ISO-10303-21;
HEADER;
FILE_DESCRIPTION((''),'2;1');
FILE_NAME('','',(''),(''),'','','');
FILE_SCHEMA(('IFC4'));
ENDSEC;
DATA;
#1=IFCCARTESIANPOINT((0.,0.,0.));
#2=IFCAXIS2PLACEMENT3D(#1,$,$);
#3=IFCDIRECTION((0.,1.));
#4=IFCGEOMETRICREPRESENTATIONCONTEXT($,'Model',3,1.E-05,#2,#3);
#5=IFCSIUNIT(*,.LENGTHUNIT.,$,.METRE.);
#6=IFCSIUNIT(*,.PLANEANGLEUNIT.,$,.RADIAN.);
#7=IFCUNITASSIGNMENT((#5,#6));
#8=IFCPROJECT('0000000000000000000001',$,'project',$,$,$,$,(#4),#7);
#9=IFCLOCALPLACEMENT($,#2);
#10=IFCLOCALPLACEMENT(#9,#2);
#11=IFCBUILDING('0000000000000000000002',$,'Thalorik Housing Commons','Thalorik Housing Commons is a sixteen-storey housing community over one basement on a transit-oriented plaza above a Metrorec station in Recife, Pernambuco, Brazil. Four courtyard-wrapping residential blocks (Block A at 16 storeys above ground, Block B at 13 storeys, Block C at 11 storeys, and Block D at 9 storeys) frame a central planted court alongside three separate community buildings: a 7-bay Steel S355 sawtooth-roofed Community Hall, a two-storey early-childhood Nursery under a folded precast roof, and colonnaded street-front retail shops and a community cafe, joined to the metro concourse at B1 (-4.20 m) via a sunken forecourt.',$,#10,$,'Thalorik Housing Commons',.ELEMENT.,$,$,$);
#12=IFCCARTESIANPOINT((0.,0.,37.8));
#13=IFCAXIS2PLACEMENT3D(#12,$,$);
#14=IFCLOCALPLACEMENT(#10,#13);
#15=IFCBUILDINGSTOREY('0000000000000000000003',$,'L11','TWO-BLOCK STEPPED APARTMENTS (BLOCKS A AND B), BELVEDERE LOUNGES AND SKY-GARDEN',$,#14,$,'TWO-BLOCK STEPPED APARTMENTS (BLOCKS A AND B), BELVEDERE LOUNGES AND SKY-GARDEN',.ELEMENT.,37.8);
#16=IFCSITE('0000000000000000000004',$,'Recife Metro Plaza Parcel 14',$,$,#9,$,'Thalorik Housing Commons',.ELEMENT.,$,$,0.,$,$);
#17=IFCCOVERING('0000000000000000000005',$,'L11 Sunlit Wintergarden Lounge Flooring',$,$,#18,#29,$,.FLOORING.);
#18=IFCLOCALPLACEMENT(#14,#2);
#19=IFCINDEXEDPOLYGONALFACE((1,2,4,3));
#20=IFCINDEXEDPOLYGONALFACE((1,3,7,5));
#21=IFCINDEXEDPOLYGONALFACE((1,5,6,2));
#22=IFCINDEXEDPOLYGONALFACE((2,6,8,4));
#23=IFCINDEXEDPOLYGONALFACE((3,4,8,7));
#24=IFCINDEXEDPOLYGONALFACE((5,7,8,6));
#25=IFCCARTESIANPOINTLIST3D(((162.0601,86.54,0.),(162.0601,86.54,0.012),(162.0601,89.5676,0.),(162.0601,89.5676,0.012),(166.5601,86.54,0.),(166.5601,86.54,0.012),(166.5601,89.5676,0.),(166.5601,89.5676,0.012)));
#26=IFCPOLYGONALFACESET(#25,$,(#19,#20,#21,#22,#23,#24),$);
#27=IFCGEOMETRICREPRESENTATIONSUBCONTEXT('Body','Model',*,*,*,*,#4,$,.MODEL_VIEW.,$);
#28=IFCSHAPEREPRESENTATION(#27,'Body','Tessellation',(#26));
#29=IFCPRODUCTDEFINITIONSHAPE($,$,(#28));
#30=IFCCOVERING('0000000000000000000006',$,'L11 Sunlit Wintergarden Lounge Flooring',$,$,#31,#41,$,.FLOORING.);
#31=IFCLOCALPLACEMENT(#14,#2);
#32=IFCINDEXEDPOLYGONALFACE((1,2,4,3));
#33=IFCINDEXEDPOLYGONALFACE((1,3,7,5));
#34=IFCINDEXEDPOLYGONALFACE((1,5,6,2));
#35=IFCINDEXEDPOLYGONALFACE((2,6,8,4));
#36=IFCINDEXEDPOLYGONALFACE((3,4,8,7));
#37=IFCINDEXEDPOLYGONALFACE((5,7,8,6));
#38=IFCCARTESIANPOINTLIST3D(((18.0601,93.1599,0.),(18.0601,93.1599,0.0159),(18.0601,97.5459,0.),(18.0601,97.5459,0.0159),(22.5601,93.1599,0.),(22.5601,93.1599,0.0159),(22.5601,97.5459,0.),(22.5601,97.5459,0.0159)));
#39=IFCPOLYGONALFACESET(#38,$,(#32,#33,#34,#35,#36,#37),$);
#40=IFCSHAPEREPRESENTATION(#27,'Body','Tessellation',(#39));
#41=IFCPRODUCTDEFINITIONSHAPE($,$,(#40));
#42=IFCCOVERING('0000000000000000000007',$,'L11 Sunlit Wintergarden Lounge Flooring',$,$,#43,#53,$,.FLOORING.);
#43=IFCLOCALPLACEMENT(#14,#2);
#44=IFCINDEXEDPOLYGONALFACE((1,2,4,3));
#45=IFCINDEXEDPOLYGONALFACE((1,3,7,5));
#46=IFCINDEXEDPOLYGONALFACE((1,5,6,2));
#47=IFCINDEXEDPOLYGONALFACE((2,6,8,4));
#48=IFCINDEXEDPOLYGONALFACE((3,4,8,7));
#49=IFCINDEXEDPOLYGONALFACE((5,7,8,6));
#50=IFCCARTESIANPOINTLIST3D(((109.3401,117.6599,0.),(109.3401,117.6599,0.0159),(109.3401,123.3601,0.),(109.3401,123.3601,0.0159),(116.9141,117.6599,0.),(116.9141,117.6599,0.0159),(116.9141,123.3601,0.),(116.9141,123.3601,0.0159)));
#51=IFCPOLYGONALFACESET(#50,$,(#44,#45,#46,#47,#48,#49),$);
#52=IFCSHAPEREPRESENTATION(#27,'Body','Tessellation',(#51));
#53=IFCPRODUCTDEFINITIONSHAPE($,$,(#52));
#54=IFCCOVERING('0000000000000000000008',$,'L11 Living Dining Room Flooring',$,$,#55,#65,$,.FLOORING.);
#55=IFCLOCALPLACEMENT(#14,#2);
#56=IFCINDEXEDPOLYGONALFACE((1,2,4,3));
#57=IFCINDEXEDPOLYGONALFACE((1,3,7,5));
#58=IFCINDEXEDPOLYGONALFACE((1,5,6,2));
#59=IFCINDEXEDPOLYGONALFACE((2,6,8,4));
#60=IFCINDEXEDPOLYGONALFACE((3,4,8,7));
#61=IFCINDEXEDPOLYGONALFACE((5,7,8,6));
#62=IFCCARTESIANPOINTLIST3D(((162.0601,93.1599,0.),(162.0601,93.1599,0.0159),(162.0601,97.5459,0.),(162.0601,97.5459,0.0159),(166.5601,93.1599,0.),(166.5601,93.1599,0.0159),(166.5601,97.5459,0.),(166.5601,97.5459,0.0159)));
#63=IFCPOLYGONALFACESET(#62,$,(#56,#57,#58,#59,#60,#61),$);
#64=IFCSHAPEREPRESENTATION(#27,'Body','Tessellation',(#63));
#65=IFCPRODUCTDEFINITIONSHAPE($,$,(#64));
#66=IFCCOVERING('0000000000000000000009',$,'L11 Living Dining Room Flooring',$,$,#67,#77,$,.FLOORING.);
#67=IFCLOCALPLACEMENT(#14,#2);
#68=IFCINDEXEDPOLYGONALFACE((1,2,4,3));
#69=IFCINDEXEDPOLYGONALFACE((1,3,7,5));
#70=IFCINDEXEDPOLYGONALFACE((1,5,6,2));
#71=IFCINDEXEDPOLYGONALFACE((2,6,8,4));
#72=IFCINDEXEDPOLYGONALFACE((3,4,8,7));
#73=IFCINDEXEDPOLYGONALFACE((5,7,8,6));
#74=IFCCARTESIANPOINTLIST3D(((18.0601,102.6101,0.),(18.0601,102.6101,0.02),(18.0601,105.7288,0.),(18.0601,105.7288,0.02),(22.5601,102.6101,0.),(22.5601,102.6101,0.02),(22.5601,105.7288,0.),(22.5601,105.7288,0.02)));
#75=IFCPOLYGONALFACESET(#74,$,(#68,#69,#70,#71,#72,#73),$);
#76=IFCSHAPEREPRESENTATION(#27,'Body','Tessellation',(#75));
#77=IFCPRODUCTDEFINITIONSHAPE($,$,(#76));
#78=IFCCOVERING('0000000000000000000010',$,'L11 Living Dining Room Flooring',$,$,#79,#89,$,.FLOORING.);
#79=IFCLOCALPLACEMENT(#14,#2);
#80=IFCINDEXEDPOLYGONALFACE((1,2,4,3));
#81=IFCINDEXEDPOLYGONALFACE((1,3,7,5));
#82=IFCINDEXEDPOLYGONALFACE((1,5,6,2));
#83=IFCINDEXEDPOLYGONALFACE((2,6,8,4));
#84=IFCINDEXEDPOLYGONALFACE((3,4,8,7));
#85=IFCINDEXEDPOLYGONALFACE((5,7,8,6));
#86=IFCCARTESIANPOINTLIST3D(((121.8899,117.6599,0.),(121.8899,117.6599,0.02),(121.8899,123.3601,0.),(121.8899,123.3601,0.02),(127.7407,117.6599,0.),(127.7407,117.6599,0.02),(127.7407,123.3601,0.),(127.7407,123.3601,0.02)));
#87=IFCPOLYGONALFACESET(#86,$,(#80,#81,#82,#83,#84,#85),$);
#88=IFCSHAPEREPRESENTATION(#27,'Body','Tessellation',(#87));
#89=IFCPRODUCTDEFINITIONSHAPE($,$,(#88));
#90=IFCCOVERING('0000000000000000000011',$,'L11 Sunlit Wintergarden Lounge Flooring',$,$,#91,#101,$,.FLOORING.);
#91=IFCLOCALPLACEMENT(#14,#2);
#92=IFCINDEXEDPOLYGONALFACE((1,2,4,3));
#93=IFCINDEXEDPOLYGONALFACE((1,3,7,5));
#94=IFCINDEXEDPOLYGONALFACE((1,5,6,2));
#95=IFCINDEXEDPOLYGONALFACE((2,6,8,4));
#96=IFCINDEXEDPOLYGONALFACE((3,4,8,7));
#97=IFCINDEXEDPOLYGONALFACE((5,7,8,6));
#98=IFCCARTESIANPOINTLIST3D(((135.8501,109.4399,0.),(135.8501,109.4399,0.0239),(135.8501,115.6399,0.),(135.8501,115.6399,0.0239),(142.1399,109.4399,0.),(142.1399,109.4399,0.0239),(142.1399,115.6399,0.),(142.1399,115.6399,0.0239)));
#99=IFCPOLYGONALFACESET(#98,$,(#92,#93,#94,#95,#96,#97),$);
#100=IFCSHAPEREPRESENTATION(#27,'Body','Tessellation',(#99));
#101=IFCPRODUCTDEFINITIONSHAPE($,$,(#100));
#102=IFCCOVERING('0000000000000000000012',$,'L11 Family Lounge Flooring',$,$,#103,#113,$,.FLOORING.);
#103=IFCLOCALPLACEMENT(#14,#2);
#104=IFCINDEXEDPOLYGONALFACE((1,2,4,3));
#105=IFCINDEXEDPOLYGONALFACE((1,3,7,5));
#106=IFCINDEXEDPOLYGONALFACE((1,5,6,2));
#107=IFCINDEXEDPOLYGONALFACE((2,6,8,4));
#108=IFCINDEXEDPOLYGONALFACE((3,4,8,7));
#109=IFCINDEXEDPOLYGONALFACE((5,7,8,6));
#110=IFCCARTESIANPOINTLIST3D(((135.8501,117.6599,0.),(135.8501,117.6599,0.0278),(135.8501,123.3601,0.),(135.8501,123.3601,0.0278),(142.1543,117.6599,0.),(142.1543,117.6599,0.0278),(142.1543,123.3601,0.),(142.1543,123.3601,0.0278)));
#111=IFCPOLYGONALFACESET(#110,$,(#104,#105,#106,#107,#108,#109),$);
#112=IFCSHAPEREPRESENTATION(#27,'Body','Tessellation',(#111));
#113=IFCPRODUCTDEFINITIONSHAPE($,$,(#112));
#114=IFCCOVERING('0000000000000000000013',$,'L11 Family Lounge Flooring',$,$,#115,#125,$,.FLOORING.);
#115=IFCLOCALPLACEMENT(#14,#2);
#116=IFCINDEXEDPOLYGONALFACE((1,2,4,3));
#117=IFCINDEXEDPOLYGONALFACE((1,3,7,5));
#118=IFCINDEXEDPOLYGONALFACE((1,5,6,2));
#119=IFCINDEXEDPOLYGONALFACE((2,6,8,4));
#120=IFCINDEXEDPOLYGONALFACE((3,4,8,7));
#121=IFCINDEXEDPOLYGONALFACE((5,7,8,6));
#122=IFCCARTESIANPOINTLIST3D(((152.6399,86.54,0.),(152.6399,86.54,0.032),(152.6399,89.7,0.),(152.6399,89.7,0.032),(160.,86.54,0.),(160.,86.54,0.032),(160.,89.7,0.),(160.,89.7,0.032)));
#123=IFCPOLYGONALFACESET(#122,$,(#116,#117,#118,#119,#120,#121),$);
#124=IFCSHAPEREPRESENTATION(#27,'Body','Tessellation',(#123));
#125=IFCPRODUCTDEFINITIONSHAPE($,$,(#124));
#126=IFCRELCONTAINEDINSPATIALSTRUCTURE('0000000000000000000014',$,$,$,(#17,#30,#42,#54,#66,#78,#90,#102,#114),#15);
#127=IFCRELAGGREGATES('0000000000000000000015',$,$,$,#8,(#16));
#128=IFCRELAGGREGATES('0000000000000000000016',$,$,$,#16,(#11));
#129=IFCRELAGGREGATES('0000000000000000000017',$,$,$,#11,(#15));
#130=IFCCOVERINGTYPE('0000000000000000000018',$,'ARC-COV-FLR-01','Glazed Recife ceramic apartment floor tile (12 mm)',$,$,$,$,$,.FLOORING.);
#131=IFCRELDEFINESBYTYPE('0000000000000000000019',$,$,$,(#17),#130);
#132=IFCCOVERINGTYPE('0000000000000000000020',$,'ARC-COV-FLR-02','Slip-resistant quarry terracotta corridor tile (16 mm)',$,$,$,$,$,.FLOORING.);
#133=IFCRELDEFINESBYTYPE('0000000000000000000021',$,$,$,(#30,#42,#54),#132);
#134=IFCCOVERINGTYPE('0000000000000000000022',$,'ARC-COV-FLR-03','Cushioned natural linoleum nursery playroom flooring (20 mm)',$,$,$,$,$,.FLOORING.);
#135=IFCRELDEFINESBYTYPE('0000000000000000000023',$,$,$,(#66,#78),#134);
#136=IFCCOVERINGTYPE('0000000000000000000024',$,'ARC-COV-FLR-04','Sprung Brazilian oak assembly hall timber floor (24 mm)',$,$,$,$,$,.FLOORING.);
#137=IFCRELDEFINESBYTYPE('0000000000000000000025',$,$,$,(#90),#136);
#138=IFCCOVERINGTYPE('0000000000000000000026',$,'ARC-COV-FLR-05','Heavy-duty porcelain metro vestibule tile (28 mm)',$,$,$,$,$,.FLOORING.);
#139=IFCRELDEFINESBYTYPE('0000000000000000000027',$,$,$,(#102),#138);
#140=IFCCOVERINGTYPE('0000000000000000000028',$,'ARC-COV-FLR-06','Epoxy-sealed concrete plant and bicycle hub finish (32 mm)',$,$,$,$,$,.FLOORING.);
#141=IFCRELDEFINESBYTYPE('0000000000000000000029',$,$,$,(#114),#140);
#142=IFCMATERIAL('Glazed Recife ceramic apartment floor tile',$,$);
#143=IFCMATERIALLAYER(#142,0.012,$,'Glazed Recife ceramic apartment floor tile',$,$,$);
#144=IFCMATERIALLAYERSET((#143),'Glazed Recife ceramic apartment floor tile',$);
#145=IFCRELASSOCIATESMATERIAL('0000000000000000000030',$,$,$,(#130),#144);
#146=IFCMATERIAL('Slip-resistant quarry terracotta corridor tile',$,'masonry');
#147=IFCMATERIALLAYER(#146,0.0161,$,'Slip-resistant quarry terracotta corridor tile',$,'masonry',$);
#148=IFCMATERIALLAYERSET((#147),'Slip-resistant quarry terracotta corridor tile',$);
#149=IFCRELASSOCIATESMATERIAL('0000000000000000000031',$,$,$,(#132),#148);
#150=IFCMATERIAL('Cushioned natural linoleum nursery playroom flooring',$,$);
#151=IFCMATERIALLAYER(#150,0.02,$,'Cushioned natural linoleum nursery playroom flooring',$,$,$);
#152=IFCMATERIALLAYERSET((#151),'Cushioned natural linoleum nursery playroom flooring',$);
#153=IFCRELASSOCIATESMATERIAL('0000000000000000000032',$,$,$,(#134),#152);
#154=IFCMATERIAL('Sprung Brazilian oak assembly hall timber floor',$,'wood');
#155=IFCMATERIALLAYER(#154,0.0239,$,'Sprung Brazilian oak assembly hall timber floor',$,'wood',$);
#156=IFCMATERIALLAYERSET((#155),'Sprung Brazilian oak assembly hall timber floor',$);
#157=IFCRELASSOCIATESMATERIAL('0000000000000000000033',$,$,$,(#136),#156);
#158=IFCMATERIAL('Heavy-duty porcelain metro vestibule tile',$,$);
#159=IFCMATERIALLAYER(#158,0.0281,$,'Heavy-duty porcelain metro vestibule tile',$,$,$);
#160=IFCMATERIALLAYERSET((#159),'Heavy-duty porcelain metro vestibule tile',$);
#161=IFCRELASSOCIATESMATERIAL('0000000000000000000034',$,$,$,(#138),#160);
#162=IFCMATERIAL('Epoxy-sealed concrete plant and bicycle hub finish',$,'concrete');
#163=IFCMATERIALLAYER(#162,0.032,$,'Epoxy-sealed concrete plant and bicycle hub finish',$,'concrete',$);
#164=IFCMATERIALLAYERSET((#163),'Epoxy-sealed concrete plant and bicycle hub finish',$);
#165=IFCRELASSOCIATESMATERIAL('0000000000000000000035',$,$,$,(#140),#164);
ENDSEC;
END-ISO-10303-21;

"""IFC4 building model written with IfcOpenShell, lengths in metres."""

from ifc_helpers import new_model, si_unit, direction, frame, origin, place, context, subcontext, project, spatial, polyline, outline, extrude, material, layer, layer_set, type_object, element, save


model = new_model("IFC4")

# Units and contexts
model_context = context("Model", 3, precision=1e-05, world=origin(), true_north=direction((0.0, 1.0)))
body_context = subcontext(model_context, "Body", "Model", "MODEL_VIEW")
ifc_project = project(units=[si_unit("LENGTHUNIT", "METRE"), si_unit("PLANEANGLEUNIT", "RADIAN")], contexts=[model_context])

# Site, building, storey
site_placement = place(None, origin())
site = spatial("IfcSite", under=ifc_project, at=site_placement, Name="Recife Metro Plaza Parcel 14", LongName="Thalorik Housing Commons", CompositionType="ELEMENT", RefElevation=0.0)
building_placement = place(site_placement, origin())
building = spatial("IfcBuilding", under=site, at=building_placement, Name="Thalorik Housing Commons", Description="Thalorik Housing Commons is a sixteen-storey housing community over one basement on a transit-oriented plaza above a Metrorec station in Recife, Pernambuco, Brazil. Four courtyard-wrapping residential blocks (Block A at 16 storeys above ground, Block B at 13 storeys, Block C at 11 storeys, and Block D at 9 storeys) frame a central planted court alongside three separate community buildings: a 7-bay Steel S355 sawtooth-roofed Community Hall, a two-storey early-childhood Nursery under a folded precast roof, and colonnaded street-front retail shops and a community cafe, joined to the metro concourse at B1 (-4.20 m) via a sunken forecourt.", LongName="Thalorik Housing Commons", CompositionType="ELEMENT")
storey_placement = place(building_placement, frame((0.0, 0.0, 37.8)))
storey = spatial("IfcBuildingStorey", under=building, at=storey_placement, Name="L11", Description="TWO-BLOCK STEPPED APARTMENTS (BLOCKS A AND B), BELVEDERE LOUNGES AND SKY-GARDEN", LongName="TWO-BLOCK STEPPED APARTMENTS (BLOCKS A AND B), BELVEDERE LOUNGES AND SKY-GARDEN", CompositionType="ELEMENT", Elevation=37.8)

# Coverings
ifc_material_1 = material(Name="Glazed Recife ceramic apartment floor tile")
ifc_layer_1 = layer(ifc_material_1, 0.012, Name="Glazed Recife ceramic apartment floor tile")
ifc_layer_set_1 = layer_set([ifc_layer_1], Name="Glazed Recife ceramic apartment floor tile")
covering_type_1 = type_object("IfcCoveringType", Name="ARC-COV-FLR-01", Description="Glazed Recife ceramic apartment floor tile (12 mm)", PredefinedType="FLOORING", material=ifc_layer_set_1)
covering_1_placement = place(storey_placement, origin())
element("IfcCovering", 1, at=covering_1_placement, inside=storey, type_object=covering_type_1, Name="L11 Sunlit Wintergarden Lounge Flooring", PredefinedType="FLOORING", context=body_context, shape_type="SweptSolid", body=[
    extrude(outline(polyline([(166.5601, 89.5676), (162.0601, 89.5676), (162.0601, 86.54), (166.5601, 86.54), (166.5601, 89.5676)])), origin(), (0.0, 0.0, 1.0), 0.012),
])
ifc_material_2 = material(Name="Slip-resistant quarry terracotta corridor tile", Category="masonry")
ifc_layer_2 = layer(ifc_material_2, 0.0161, Name="Slip-resistant quarry terracotta corridor tile", Category="masonry")
ifc_layer_set_2 = layer_set([ifc_layer_2], Name="Slip-resistant quarry terracotta corridor tile")
covering_type_2 = type_object("IfcCoveringType", Name="ARC-COV-FLR-02", Description="Slip-resistant quarry terracotta corridor tile (16 mm)", PredefinedType="FLOORING", material=ifc_layer_set_2)
covering_2_placement = place(storey_placement, origin())
element("IfcCovering", 2, at=covering_2_placement, inside=storey, type_object=covering_type_2, Name="L11 Sunlit Wintergarden Lounge Flooring", PredefinedType="FLOORING", context=body_context, shape_type="SweptSolid", body=[
    extrude(outline(polyline([(22.5601, 97.5459), (18.0601, 97.5459), (18.0601, 93.1599), (22.5601, 93.1599), (22.5601, 97.5459)])), origin(), (0.0, 0.0, 1.0), 0.0159),
])
covering_3_placement = place(storey_placement, origin())
element("IfcCovering", 3, at=covering_3_placement, inside=storey, type_object=covering_type_2, Name="L11 Sunlit Wintergarden Lounge Flooring", PredefinedType="FLOORING", context=body_context, shape_type="SweptSolid", body=[
    extrude(outline(polyline([(116.9141, 117.6599), (116.9141, 123.3601), (109.3401, 123.3601), (109.3401, 117.6599), (116.9141, 117.6599)])), origin(), (0.0, 0.0, 1.0), 0.0159),
])
covering_4_placement = place(storey_placement, origin())
element("IfcCovering", 4, at=covering_4_placement, inside=storey, type_object=covering_type_2, Name="L11 Living Dining Room Flooring", PredefinedType="FLOORING", context=body_context, shape_type="SweptSolid", body=[
    extrude(outline(polyline([(166.5601, 97.5459), (162.0601, 97.5459), (162.0601, 93.1599), (166.5601, 93.1599), (166.5601, 97.5459)])), origin(), (0.0, 0.0, 1.0), 0.0159),
])
ifc_material_3 = material(Name="Cushioned natural linoleum nursery playroom flooring")
ifc_layer_3 = layer(ifc_material_3, 0.02, Name="Cushioned natural linoleum nursery playroom flooring")
ifc_layer_set_3 = layer_set([ifc_layer_3], Name="Cushioned natural linoleum nursery playroom flooring")
covering_type_3 = type_object("IfcCoveringType", Name="ARC-COV-FLR-03", Description="Cushioned natural linoleum nursery playroom flooring (20 mm)", PredefinedType="FLOORING", material=ifc_layer_set_3)
covering_5_placement = place(storey_placement, origin())
element("IfcCovering", 5, at=covering_5_placement, inside=storey, type_object=covering_type_3, Name="L11 Living Dining Room Flooring", PredefinedType="FLOORING", context=body_context, shape_type="SweptSolid", body=[
    extrude(outline(polyline([(22.5601, 105.7288), (18.0601, 105.7288), (18.0601, 102.6101), (22.5601, 102.6101), (22.5601, 105.7288)])), origin(), (0.0, 0.0, 1.0), 0.02),
])
covering_6_placement = place(storey_placement, origin())
element("IfcCovering", 6, at=covering_6_placement, inside=storey, type_object=covering_type_3, Name="L11 Living Dining Room Flooring", PredefinedType="FLOORING", context=body_context, shape_type="SweptSolid", body=[
    extrude(outline(polyline([(127.7407, 117.6599), (127.7407, 123.3601), (121.8899, 123.3601), (121.8899, 117.6599), (127.7407, 117.6599)])), origin(), (0.0, 0.0, 1.0), 0.02),
])
ifc_material_4 = material(Name="Sprung Brazilian oak assembly hall timber floor", Category="wood")
ifc_layer_4 = layer(ifc_material_4, 0.0239, Name="Sprung Brazilian oak assembly hall timber floor", Category="wood")
ifc_layer_set_4 = layer_set([ifc_layer_4], Name="Sprung Brazilian oak assembly hall timber floor")
covering_type_4 = type_object("IfcCoveringType", Name="ARC-COV-FLR-04", Description="Sprung Brazilian oak assembly hall timber floor (24 mm)", PredefinedType="FLOORING", material=ifc_layer_set_4)
covering_7_placement = place(storey_placement, origin())
element("IfcCovering", 7, at=covering_7_placement, inside=storey, type_object=covering_type_4, Name="L11 Sunlit Wintergarden Lounge Flooring", PredefinedType="FLOORING", context=body_context, shape_type="SweptSolid", body=[
    extrude(outline(polyline([(142.1399, 109.4399), (142.1399, 115.6399), (135.8501, 115.6399), (135.8501, 109.4399), (142.1399, 109.4399)])), origin(), (0.0, 0.0, 1.0), 0.0239),
])
ifc_material_5 = material(Name="Heavy-duty porcelain metro vestibule tile")
ifc_layer_5 = layer(ifc_material_5, 0.0281, Name="Heavy-duty porcelain metro vestibule tile")
ifc_layer_set_5 = layer_set([ifc_layer_5], Name="Heavy-duty porcelain metro vestibule tile")
covering_type_5 = type_object("IfcCoveringType", Name="ARC-COV-FLR-05", Description="Heavy-duty porcelain metro vestibule tile (28 mm)", PredefinedType="FLOORING", material=ifc_layer_set_5)
covering_8_placement = place(storey_placement, origin())
element("IfcCovering", 8, at=covering_8_placement, inside=storey, type_object=covering_type_5, Name="L11 Family Lounge Flooring", PredefinedType="FLOORING", context=body_context, shape_type="SweptSolid", body=[
    extrude(outline(polyline([(142.1543, 117.6599), (142.1543, 123.3601), (135.8501, 123.3601), (135.8501, 117.6599), (142.1543, 117.6599)])), origin(), (0.0, 0.0, 1.0), 0.0278),
])
ifc_material_6 = material(Name="Epoxy-sealed concrete plant and bicycle hub finish", Category="concrete")
ifc_layer_6 = layer(ifc_material_6, 0.032, Name="Epoxy-sealed concrete plant and bicycle hub finish", Category="concrete")
ifc_layer_set_6 = layer_set([ifc_layer_6], Name="Epoxy-sealed concrete plant and bicycle hub finish")
covering_type_6 = type_object("IfcCoveringType", Name="ARC-COV-FLR-06", Description="Epoxy-sealed concrete plant and bicycle hub finish (32 mm)", PredefinedType="FLOORING", material=ifc_layer_set_6)
covering_9_placement = place(storey_placement, origin())
element("IfcCovering", 9, at=covering_9_placement, inside=storey, type_object=covering_type_6, Name="L11 Family Lounge Flooring", PredefinedType="FLOORING", context=body_context, shape_type="SweptSolid", body=[
    extrude(outline(polyline([(160.0, 89.7), (152.6399, 89.7), (152.6399, 86.54), (160.0, 86.54), (160.0, 89.7)])), origin(), (0.0, 0.0, 1.0), 0.032),
])

save(model, "model.ifc")
